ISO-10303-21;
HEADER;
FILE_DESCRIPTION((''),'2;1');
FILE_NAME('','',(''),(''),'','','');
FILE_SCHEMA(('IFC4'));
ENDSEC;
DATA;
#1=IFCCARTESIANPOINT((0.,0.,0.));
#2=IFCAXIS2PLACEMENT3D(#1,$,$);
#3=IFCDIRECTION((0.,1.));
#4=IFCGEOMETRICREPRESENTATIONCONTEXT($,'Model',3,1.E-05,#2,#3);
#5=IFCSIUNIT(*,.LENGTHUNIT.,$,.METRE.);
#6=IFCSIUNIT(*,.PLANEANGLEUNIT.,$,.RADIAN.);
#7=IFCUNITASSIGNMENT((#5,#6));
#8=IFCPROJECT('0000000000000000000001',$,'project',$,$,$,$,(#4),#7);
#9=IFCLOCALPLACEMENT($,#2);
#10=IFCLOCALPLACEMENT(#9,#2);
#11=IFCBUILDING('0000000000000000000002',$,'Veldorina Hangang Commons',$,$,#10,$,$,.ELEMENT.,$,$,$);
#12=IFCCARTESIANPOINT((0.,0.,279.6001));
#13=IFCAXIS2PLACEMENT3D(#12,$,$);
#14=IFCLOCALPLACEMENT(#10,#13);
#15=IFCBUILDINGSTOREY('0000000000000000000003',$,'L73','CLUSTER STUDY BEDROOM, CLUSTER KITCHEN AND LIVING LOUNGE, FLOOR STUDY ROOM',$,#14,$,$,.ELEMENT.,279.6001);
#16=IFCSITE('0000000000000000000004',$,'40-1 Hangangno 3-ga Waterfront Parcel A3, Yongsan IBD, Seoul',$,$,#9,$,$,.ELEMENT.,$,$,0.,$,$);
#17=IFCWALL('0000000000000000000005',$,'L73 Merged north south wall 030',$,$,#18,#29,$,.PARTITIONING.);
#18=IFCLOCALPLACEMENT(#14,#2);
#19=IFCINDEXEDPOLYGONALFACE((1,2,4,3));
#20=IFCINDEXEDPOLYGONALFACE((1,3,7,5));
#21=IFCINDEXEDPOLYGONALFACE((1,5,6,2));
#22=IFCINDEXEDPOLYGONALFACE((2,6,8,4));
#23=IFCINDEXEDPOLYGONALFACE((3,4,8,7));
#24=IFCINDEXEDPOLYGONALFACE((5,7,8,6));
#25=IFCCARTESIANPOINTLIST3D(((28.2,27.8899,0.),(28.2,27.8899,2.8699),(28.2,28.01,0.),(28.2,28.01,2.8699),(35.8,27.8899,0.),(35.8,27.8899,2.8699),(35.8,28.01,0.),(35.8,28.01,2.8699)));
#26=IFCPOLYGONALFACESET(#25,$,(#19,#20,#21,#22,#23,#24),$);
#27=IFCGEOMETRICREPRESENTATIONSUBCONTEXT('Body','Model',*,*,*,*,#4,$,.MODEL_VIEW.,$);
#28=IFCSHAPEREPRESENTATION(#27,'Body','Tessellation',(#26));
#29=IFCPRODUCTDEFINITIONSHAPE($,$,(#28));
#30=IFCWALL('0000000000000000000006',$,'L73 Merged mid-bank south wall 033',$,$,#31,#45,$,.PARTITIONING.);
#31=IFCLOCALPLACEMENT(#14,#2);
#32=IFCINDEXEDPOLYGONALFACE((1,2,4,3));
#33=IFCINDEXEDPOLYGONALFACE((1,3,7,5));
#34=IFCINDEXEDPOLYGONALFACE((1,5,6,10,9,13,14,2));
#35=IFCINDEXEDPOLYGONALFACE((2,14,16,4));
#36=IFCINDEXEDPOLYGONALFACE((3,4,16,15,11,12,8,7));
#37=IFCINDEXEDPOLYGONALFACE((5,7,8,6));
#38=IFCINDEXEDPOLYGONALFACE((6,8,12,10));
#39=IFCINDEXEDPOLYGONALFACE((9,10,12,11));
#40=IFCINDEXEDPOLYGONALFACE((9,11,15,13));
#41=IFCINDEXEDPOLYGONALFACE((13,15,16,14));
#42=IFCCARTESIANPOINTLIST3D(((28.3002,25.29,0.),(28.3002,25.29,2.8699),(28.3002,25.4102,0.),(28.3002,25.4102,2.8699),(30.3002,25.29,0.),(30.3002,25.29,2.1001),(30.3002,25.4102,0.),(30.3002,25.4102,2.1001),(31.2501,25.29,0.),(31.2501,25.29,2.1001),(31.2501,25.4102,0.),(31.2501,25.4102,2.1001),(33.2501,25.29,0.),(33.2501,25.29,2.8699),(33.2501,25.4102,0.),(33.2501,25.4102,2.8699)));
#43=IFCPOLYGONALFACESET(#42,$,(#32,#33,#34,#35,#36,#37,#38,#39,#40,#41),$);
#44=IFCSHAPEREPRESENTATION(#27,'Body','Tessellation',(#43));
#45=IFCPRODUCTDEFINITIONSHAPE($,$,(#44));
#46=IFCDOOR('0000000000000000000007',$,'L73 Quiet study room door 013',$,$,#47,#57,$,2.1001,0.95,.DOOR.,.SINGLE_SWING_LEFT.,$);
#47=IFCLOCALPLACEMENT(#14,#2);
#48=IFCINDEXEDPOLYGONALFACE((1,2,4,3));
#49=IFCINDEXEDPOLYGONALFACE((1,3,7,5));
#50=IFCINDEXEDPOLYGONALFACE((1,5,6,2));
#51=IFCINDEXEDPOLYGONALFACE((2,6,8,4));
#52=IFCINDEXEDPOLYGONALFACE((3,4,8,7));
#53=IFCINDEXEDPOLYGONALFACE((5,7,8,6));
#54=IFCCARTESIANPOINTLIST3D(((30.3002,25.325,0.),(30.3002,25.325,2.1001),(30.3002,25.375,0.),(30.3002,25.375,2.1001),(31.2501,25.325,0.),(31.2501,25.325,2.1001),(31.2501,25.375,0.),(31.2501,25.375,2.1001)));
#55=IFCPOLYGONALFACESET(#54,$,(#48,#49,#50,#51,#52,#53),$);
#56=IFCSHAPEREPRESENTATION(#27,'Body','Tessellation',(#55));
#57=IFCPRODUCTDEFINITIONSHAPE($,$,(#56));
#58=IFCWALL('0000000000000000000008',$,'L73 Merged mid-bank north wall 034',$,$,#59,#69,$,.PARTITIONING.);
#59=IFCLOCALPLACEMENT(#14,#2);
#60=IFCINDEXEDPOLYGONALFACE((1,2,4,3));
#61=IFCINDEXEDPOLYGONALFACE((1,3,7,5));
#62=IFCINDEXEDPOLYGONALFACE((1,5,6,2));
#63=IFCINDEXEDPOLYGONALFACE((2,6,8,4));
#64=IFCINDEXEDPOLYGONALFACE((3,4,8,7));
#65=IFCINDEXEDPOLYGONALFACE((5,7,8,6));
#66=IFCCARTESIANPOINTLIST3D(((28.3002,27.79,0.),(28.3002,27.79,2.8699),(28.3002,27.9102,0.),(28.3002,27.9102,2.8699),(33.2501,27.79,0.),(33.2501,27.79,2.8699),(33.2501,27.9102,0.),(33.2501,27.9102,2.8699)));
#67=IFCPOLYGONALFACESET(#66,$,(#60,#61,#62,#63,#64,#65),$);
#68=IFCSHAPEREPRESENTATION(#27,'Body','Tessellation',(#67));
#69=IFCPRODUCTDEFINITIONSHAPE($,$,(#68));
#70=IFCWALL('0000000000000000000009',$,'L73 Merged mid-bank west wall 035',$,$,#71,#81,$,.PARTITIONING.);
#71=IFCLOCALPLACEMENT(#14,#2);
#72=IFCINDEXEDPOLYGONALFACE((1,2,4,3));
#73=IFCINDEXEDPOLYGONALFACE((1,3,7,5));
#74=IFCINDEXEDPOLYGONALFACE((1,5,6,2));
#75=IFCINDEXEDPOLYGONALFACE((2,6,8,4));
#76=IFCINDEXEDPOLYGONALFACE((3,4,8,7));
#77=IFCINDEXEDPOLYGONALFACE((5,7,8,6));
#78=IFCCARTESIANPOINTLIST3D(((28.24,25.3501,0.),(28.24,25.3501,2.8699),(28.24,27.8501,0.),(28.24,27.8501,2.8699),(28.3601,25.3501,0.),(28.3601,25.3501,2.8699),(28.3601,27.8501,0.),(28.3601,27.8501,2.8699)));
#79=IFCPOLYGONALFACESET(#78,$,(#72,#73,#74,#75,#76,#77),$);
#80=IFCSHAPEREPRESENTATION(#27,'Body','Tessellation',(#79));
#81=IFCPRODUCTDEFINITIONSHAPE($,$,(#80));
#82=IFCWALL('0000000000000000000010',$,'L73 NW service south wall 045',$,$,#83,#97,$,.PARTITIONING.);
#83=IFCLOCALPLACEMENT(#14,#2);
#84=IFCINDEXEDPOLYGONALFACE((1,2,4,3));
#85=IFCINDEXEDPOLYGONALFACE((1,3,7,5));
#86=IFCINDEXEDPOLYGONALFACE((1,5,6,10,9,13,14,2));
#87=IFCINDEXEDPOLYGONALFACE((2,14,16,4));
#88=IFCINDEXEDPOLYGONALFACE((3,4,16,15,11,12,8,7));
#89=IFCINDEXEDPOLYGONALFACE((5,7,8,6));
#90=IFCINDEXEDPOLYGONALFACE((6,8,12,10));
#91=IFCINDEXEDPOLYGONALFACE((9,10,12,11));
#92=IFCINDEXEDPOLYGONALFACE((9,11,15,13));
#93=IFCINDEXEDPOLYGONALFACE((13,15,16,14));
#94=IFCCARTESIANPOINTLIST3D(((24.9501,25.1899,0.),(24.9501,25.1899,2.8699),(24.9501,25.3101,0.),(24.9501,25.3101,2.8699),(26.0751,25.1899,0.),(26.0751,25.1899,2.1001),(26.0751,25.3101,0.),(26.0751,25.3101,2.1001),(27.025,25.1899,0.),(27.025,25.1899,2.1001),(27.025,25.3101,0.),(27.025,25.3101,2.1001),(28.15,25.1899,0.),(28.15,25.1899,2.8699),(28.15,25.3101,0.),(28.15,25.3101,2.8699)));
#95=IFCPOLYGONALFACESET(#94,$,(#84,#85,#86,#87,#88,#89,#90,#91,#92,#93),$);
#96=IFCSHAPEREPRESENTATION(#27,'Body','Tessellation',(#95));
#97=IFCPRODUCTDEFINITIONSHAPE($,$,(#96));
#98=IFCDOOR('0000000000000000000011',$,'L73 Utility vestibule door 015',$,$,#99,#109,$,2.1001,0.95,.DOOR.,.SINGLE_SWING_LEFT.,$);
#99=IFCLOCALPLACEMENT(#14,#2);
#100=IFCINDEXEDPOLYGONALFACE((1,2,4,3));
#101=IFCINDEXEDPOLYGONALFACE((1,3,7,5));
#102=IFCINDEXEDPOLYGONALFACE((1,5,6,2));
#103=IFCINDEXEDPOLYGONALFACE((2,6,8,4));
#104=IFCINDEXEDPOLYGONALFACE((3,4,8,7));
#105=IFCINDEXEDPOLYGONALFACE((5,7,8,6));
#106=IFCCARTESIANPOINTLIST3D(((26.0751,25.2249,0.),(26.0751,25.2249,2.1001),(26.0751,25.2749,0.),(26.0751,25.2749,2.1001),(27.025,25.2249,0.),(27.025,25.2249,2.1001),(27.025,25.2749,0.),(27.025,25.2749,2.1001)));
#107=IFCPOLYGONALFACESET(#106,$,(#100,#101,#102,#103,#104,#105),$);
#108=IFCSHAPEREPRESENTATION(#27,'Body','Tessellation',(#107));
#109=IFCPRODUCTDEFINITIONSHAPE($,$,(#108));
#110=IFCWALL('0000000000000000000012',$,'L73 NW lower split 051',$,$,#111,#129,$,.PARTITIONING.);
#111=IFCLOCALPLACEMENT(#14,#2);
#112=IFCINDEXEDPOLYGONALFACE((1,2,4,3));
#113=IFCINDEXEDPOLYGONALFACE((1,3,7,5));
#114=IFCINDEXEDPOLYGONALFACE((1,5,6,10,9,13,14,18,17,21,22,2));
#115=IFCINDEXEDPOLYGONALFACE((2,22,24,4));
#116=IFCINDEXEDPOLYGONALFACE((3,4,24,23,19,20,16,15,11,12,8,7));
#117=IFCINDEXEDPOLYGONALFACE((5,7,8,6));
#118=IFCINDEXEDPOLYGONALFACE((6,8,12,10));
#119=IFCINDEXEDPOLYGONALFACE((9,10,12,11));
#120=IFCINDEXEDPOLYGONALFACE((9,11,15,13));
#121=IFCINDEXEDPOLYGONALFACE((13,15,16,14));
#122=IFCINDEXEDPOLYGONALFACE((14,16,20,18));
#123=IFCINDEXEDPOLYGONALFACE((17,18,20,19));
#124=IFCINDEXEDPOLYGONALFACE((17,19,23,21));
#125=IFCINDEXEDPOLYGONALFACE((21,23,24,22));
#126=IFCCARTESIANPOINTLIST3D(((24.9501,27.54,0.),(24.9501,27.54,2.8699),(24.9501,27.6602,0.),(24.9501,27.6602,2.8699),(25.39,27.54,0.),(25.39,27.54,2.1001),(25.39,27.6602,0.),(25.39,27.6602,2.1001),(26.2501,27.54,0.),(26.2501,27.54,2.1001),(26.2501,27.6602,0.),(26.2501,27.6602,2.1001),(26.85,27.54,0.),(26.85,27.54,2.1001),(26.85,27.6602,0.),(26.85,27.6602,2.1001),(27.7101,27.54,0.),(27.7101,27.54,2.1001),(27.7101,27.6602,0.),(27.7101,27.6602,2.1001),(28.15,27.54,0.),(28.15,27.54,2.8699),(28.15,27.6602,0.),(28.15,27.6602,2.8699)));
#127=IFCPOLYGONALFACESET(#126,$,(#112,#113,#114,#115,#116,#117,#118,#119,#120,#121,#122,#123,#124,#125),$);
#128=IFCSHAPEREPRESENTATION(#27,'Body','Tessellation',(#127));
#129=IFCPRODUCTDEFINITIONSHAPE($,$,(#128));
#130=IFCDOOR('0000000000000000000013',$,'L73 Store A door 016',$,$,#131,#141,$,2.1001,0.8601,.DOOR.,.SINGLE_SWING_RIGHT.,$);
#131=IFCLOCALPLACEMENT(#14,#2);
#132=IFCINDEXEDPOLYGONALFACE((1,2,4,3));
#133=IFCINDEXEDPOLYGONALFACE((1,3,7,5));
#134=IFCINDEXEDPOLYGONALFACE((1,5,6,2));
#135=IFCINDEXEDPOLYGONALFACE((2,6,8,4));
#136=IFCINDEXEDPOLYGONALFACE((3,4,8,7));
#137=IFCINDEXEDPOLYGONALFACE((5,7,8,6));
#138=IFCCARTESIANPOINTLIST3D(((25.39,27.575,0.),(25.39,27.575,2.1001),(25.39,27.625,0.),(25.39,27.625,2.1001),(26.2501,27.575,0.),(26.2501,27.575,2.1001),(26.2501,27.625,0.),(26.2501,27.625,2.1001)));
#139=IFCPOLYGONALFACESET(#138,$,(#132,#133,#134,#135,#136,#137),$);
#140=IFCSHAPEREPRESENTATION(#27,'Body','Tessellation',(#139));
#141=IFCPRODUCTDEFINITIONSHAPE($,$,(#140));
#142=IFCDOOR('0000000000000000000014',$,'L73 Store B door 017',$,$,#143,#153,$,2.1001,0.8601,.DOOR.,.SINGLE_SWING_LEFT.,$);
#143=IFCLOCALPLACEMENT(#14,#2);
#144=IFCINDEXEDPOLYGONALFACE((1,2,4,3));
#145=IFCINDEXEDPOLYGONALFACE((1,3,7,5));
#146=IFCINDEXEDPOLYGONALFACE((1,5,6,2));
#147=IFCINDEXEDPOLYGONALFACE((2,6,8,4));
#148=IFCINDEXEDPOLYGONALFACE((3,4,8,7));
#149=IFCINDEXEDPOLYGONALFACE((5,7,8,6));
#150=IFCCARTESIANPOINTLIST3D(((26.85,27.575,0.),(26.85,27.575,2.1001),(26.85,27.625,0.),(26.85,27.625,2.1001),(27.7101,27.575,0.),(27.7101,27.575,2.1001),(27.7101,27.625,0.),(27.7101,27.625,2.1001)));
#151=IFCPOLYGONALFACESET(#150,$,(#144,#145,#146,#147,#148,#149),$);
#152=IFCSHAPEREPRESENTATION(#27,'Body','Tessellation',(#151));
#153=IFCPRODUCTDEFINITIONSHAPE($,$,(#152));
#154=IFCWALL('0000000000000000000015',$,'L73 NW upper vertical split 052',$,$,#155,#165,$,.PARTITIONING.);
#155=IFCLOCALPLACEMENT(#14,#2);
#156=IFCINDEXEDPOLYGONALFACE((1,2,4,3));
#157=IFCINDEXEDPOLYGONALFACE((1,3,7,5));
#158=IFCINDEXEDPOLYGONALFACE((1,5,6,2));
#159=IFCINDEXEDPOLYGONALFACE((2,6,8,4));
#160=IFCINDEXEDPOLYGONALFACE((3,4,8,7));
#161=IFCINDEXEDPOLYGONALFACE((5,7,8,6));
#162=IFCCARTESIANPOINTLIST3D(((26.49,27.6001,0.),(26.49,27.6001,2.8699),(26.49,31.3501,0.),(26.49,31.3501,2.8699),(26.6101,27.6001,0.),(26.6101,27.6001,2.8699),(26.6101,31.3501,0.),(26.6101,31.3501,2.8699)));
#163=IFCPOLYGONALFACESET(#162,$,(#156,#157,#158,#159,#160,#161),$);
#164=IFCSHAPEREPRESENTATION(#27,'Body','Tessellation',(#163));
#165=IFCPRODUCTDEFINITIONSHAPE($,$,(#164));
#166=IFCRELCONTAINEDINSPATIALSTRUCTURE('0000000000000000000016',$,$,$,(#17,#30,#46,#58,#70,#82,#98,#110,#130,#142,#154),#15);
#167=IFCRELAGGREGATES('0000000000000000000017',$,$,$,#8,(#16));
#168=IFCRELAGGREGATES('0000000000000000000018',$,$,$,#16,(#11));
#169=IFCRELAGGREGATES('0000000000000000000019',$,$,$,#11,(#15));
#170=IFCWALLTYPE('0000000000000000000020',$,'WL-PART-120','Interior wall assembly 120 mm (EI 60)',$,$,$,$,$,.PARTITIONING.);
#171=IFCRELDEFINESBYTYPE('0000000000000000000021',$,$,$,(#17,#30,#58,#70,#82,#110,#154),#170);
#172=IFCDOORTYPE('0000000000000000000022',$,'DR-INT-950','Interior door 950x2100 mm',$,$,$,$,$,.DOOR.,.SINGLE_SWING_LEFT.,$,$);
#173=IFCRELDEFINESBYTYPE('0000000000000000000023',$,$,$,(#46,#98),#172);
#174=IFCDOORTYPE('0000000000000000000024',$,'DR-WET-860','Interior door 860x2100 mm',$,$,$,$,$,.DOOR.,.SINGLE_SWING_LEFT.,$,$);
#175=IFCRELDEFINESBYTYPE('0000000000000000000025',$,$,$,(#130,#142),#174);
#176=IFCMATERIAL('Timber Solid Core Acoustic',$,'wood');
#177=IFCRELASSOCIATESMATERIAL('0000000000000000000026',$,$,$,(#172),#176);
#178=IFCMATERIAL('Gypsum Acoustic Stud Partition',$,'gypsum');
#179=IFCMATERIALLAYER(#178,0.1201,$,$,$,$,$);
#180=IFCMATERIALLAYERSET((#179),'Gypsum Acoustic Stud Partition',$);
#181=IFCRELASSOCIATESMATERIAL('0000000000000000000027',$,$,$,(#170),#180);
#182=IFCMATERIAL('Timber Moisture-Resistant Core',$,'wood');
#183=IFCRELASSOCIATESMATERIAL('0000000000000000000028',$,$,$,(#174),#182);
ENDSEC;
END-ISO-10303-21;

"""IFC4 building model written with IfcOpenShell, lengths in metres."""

from ifc_helpers import new_model, si_unit, direction, frame, frame_2d, origin, place, context, subcontext, project, spatial, rectangle, extrude, material, layer, layer_set, type_object, element, fill, save


model = new_model("IFC4")

# Units and contexts
model_context = context("Model", 3, precision=1e-05, world=origin(), true_north=direction((0.0, 1.0)))
body_context = subcontext(model_context, "Body", "Model", "MODEL_VIEW")
ifc_project = project(units=[si_unit("LENGTHUNIT", "METRE"), si_unit("PLANEANGLEUNIT", "RADIAN")], contexts=[model_context])

# Site, building, storey
site_placement = place(None, origin())
site = spatial("IfcSite", under=ifc_project, at=site_placement, Name="40-1 Hangangno 3-ga Waterfront Parcel A3, Yongsan IBD, Seoul", CompositionType="ELEMENT", RefElevation=0.0)
building_placement = place(site_placement, origin())
building = spatial("IfcBuilding", under=site, at=building_placement, Name="Veldorina Hangang Commons", CompositionType="ELEMENT")
storey_placement = place(building_placement, frame((0.0, 0.0, 279.6001)))
storey = spatial("IfcBuildingStorey", under=building, at=storey_placement, Name="L73", Description="CLUSTER STUDY BEDROOM, CLUSTER KITCHEN AND LIVING LOUNGE, FLOOR STUDY ROOM", CompositionType="ELEMENT", Elevation=279.6001)

# Shared definitions
ifc_material_1 = material(Name="Timber Solid Core Acoustic", Category="wood")
door_type_1 = type_object("IfcDoorType", Name="DR-INT-950", Description="Interior door 950x2100 mm", OperationType="SINGLE_SWING_LEFT", PredefinedType="DOOR", material=ifc_material_1)

# Wall
ifc_material_2 = material(Name="Gypsum Acoustic Stud Partition", Category="gypsum")
ifc_layer_1 = layer(ifc_material_2, 0.1201)
ifc_layer_set_1 = layer_set([ifc_layer_1], Name="Gypsum Acoustic Stud Partition")
wall_type_1 = type_object("IfcWallType", Name="WL-PART-120", Description="Interior wall assembly 120 mm (EI 60)", PredefinedType="PARTITIONING", material=ifc_layer_set_1)
wall_1_placement = place(storey_placement, frame((28.2, 27.95, 0.0), z_axis=(0.0, 0.0, 1.0), x_axis=(1.0, 0.0, 0.0)))
element("IfcWall", 1, at=wall_1_placement, inside=storey, type_object=wall_type_1, Name="L73 Merged north south wall 030", PredefinedType="PARTITIONING", context=body_context, shape_type="SweptSolid", body=[
    extrude(rectangle(XDim=7.6001, YDim=0.1201, at=frame_2d((3.8, 0.0))), origin(), (0.0, 0.0, 1.0), 2.8699),
])

# Wall, opening, door
wall_2_placement = place(storey_placement, frame((28.3, 25.3501, 0.0), z_axis=(0.0, 0.0, 1.0), x_axis=(1.0, 0.0, 0.0)))
wall_2 = element("IfcWall", 2, at=wall_2_placement, inside=storey, type_object=wall_type_1, Name="L73 Merged mid-bank south wall 033", PredefinedType="PARTITIONING", context=body_context, shape_type="SweptSolid", body=[
    extrude(rectangle(XDim=4.95, YDim=0.1201, at=frame_2d((2.4751, 0.0))), origin(), (0.0, 0.0, 1.0), 2.8699),
])
opening_1_placement = place(wall_2_placement, frame((2.0, 0.0, 0.0)))
opening_1 = element("IfcOpeningElement", 3, at=opening_1_placement, cuts=wall_2, PredefinedType="OPENING", context=body_context, shape_type="SweptSolid", body=[
    extrude(rectangle(XDim=0.95, YDim=2.1001, at=frame_2d((0.4751, 1.05))), frame((0.0, 0.0701, 0.0), z_axis=(0.0, -1.0, 0.0), x_axis=(1.0, 0.0, 0.0)), (0.0, 0.0, 1.0), 0.1401),
])
door_1_placement = place(opening_1_placement, origin())
door_1 = element("IfcDoor", 4, at=door_1_placement, inside=storey, type_object=door_type_1, Name="L73 Quiet study room door 013", OperationType="SINGLE_SWING_LEFT", OverallHeight=2.1001, OverallWidth=0.95, PredefinedType="DOOR", context=body_context, shape_type="SweptSolid", body=[
    extrude(rectangle(XDim=0.95, YDim=2.1001, at=frame_2d((0.4751, 1.05))), frame((0.0, 0.0249, 0.0), z_axis=(0.0, -1.0, 0.0), x_axis=(1.0, 0.0, 0.0)), (0.0, 0.0, 1.0), 0.05),
])
fill(opening_1, door_1)

# Walls
wall_3_placement = place(storey_placement, frame((28.3, 27.8501, 0.0), z_axis=(0.0, 0.0, 1.0), x_axis=(1.0, 0.0, 0.0)))
element("IfcWall", 5, at=wall_3_placement, inside=storey, type_object=wall_type_1, Name="L73 Merged mid-bank north wall 034", PredefinedType="PARTITIONING", context=body_context, shape_type="SweptSolid", body=[
    extrude(rectangle(XDim=4.95, YDim=0.1201, at=frame_2d((2.4751, 0.0))), origin(), (0.0, 0.0, 1.0), 2.8699),
])
wall_4_placement = place(storey_placement, frame((28.3, 25.3501, 0.0), z_axis=(0.0, 0.0, 1.0), x_axis=(0.0, 1.0, 0.0)))
element("IfcWall", 6, at=wall_4_placement, inside=storey, type_object=wall_type_1, Name="L73 Merged mid-bank west wall 035", PredefinedType="PARTITIONING", context=body_context, shape_type="SweptSolid", body=[
    extrude(rectangle(XDim=2.5, YDim=0.1201, at=frame_2d((1.25, 0.0))), origin(), (0.0, 0.0, 1.0), 2.8699),
])

# Wall, opening, door
wall_5_placement = place(storey_placement, frame((24.95, 25.25, 0.0), z_axis=(0.0, 0.0, 1.0), x_axis=(1.0, 0.0, 0.0)))
wall_5 = element("IfcWall", 7, at=wall_5_placement, inside=storey, type_object=wall_type_1, Name="L73 NW service south wall 045", PredefinedType="PARTITIONING", context=body_context, shape_type="SweptSolid", body=[
    extrude(rectangle(XDim=3.2, YDim=0.1201, at=frame_2d((1.6001, 0.0))), origin(), (0.0, 0.0, 1.0), 2.8699),
])
opening_2_placement = place(wall_5_placement, frame((1.125, 0.0, 0.0)))
opening_2 = element("IfcOpeningElement", 8, at=opening_2_placement, cuts=wall_5, PredefinedType="OPENING", context=body_context, shape_type="SweptSolid", body=[
    extrude(rectangle(XDim=0.95, YDim=2.1001, at=frame_2d((0.4751, 1.05))), frame((0.0, 0.0701, 0.0), z_axis=(0.0, -1.0, 0.0), x_axis=(1.0, 0.0, 0.0)), (0.0, 0.0, 1.0), 0.1401),
])
door_2_placement = place(opening_2_placement, origin())
door_2 = element("IfcDoor", 9, at=door_2_placement, inside=storey, type_object=door_type_1, Name="L73 Utility vestibule door 015", OperationType="SINGLE_SWING_LEFT", OverallHeight=2.1001, OverallWidth=0.95, PredefinedType="DOOR", context=body_context, shape_type="SweptSolid", body=[
    extrude(rectangle(XDim=0.95, YDim=2.1001, at=frame_2d((0.4751, 1.05))), frame((0.0, 0.0249, 0.0), z_axis=(0.0, -1.0, 0.0), x_axis=(1.0, 0.0, 0.0)), (0.0, 0.0, 1.0), 0.05),
])
fill(opening_2, door_2)

# Wall, openings, doors
wall_6_placement = place(storey_placement, frame((24.95, 27.6001, 0.0), z_axis=(0.0, 0.0, 1.0), x_axis=(1.0, 0.0, 0.0)))
wall_6 = element("IfcWall", 10, at=wall_6_placement, inside=storey, type_object=wall_type_1, Name="L73 NW lower split 051", PredefinedType="PARTITIONING", context=body_context, shape_type="SweptSolid", body=[
    extrude(rectangle(XDim=3.2, YDim=0.1201, at=frame_2d((1.6001, 0.0))), origin(), (0.0, 0.0, 1.0), 2.8699),
])
opening_3_placement = place(wall_6_placement, frame((0.4399, 0.0, 0.0)))
opening_3 = element("IfcOpeningElement", 11, at=opening_3_placement, cuts=wall_6, PredefinedType="OPENING", context=body_context, shape_type="SweptSolid", body=[
    extrude(rectangle(XDim=0.8601, YDim=2.1001, at=frame_2d((0.4302, 1.05))), frame((0.0, 0.0701, 0.0), z_axis=(0.0, -1.0, 0.0), x_axis=(1.0, 0.0, 0.0)), (0.0, 0.0, 1.0), 0.1401),
])
opening_4_placement = place(wall_6_placement, frame((1.8999, 0.0, 0.0)))
opening_4 = element("IfcOpeningElement", 12, at=opening_4_placement, cuts=wall_6, PredefinedType="OPENING", context=body_context, shape_type="SweptSolid", body=[
    extrude(rectangle(XDim=0.8601, YDim=2.1001, at=frame_2d((0.4302, 1.05))), frame((0.0, 0.0701, 0.0), z_axis=(0.0, -1.0, 0.0), x_axis=(1.0, 0.0, 0.0)), (0.0, 0.0, 1.0), 0.1401),
])
ifc_material_3 = material(Name="Timber Moisture-Resistant Core", Category="wood")
door_type_2 = type_object("IfcDoorType", Name="DR-WET-860", Description="Interior door 860x2100 mm", OperationType="SINGLE_SWING_LEFT", PredefinedType="DOOR", material=ifc_material_3)
door_3_placement = place(opening_3_placement, origin())
door_3 = element("IfcDoor", 13, at=door_3_placement, inside=storey, type_object=door_type_2, Name="L73 Store A door 016", OperationType="SINGLE_SWING_RIGHT", OverallHeight=2.1001, OverallWidth=0.8601, PredefinedType="DOOR", context=body_context, shape_type="SweptSolid", body=[
    extrude(rectangle(XDim=0.8601, YDim=2.1001, at=frame_2d((0.4302, 1.05))), frame((0.0, 0.0249, 0.0), z_axis=(0.0, -1.0, 0.0), x_axis=(1.0, 0.0, 0.0)), (0.0, 0.0, 1.0), 0.05),
])
fill(opening_3, door_3)
door_4_placement = place(opening_4_placement, origin())
door_4 = element("IfcDoor", 14, at=door_4_placement, inside=storey, type_object=door_type_2, Name="L73 Store B door 017", OperationType="SINGLE_SWING_LEFT", OverallHeight=2.1001, OverallWidth=0.8601, PredefinedType="DOOR", context=body_context, shape_type="SweptSolid", body=[
    extrude(rectangle(XDim=0.8601, YDim=2.1001, at=frame_2d((0.4302, 1.05))), frame((0.0, 0.0249, 0.0), z_axis=(0.0, -1.0, 0.0), x_axis=(1.0, 0.0, 0.0)), (0.0, 0.0, 1.0), 0.05),
])
fill(opening_4, door_4)

# Wall
wall_7_placement = place(storey_placement, frame((26.55, 27.6001, 0.0), z_axis=(0.0, 0.0, 1.0), x_axis=(0.0, 1.0, 0.0)))
element("IfcWall", 15, at=wall_7_placement, inside=storey, type_object=wall_type_1, Name="L73 NW upper vertical split 052", PredefinedType="PARTITIONING", context=body_context, shape_type="SweptSolid", body=[
    extrude(rectangle(XDim=3.75, YDim=0.1201, at=frame_2d((1.875, 0.0))), origin(), (0.0, 0.0, 1.0), 2.8699),
])

save(model, "model.ifc")
